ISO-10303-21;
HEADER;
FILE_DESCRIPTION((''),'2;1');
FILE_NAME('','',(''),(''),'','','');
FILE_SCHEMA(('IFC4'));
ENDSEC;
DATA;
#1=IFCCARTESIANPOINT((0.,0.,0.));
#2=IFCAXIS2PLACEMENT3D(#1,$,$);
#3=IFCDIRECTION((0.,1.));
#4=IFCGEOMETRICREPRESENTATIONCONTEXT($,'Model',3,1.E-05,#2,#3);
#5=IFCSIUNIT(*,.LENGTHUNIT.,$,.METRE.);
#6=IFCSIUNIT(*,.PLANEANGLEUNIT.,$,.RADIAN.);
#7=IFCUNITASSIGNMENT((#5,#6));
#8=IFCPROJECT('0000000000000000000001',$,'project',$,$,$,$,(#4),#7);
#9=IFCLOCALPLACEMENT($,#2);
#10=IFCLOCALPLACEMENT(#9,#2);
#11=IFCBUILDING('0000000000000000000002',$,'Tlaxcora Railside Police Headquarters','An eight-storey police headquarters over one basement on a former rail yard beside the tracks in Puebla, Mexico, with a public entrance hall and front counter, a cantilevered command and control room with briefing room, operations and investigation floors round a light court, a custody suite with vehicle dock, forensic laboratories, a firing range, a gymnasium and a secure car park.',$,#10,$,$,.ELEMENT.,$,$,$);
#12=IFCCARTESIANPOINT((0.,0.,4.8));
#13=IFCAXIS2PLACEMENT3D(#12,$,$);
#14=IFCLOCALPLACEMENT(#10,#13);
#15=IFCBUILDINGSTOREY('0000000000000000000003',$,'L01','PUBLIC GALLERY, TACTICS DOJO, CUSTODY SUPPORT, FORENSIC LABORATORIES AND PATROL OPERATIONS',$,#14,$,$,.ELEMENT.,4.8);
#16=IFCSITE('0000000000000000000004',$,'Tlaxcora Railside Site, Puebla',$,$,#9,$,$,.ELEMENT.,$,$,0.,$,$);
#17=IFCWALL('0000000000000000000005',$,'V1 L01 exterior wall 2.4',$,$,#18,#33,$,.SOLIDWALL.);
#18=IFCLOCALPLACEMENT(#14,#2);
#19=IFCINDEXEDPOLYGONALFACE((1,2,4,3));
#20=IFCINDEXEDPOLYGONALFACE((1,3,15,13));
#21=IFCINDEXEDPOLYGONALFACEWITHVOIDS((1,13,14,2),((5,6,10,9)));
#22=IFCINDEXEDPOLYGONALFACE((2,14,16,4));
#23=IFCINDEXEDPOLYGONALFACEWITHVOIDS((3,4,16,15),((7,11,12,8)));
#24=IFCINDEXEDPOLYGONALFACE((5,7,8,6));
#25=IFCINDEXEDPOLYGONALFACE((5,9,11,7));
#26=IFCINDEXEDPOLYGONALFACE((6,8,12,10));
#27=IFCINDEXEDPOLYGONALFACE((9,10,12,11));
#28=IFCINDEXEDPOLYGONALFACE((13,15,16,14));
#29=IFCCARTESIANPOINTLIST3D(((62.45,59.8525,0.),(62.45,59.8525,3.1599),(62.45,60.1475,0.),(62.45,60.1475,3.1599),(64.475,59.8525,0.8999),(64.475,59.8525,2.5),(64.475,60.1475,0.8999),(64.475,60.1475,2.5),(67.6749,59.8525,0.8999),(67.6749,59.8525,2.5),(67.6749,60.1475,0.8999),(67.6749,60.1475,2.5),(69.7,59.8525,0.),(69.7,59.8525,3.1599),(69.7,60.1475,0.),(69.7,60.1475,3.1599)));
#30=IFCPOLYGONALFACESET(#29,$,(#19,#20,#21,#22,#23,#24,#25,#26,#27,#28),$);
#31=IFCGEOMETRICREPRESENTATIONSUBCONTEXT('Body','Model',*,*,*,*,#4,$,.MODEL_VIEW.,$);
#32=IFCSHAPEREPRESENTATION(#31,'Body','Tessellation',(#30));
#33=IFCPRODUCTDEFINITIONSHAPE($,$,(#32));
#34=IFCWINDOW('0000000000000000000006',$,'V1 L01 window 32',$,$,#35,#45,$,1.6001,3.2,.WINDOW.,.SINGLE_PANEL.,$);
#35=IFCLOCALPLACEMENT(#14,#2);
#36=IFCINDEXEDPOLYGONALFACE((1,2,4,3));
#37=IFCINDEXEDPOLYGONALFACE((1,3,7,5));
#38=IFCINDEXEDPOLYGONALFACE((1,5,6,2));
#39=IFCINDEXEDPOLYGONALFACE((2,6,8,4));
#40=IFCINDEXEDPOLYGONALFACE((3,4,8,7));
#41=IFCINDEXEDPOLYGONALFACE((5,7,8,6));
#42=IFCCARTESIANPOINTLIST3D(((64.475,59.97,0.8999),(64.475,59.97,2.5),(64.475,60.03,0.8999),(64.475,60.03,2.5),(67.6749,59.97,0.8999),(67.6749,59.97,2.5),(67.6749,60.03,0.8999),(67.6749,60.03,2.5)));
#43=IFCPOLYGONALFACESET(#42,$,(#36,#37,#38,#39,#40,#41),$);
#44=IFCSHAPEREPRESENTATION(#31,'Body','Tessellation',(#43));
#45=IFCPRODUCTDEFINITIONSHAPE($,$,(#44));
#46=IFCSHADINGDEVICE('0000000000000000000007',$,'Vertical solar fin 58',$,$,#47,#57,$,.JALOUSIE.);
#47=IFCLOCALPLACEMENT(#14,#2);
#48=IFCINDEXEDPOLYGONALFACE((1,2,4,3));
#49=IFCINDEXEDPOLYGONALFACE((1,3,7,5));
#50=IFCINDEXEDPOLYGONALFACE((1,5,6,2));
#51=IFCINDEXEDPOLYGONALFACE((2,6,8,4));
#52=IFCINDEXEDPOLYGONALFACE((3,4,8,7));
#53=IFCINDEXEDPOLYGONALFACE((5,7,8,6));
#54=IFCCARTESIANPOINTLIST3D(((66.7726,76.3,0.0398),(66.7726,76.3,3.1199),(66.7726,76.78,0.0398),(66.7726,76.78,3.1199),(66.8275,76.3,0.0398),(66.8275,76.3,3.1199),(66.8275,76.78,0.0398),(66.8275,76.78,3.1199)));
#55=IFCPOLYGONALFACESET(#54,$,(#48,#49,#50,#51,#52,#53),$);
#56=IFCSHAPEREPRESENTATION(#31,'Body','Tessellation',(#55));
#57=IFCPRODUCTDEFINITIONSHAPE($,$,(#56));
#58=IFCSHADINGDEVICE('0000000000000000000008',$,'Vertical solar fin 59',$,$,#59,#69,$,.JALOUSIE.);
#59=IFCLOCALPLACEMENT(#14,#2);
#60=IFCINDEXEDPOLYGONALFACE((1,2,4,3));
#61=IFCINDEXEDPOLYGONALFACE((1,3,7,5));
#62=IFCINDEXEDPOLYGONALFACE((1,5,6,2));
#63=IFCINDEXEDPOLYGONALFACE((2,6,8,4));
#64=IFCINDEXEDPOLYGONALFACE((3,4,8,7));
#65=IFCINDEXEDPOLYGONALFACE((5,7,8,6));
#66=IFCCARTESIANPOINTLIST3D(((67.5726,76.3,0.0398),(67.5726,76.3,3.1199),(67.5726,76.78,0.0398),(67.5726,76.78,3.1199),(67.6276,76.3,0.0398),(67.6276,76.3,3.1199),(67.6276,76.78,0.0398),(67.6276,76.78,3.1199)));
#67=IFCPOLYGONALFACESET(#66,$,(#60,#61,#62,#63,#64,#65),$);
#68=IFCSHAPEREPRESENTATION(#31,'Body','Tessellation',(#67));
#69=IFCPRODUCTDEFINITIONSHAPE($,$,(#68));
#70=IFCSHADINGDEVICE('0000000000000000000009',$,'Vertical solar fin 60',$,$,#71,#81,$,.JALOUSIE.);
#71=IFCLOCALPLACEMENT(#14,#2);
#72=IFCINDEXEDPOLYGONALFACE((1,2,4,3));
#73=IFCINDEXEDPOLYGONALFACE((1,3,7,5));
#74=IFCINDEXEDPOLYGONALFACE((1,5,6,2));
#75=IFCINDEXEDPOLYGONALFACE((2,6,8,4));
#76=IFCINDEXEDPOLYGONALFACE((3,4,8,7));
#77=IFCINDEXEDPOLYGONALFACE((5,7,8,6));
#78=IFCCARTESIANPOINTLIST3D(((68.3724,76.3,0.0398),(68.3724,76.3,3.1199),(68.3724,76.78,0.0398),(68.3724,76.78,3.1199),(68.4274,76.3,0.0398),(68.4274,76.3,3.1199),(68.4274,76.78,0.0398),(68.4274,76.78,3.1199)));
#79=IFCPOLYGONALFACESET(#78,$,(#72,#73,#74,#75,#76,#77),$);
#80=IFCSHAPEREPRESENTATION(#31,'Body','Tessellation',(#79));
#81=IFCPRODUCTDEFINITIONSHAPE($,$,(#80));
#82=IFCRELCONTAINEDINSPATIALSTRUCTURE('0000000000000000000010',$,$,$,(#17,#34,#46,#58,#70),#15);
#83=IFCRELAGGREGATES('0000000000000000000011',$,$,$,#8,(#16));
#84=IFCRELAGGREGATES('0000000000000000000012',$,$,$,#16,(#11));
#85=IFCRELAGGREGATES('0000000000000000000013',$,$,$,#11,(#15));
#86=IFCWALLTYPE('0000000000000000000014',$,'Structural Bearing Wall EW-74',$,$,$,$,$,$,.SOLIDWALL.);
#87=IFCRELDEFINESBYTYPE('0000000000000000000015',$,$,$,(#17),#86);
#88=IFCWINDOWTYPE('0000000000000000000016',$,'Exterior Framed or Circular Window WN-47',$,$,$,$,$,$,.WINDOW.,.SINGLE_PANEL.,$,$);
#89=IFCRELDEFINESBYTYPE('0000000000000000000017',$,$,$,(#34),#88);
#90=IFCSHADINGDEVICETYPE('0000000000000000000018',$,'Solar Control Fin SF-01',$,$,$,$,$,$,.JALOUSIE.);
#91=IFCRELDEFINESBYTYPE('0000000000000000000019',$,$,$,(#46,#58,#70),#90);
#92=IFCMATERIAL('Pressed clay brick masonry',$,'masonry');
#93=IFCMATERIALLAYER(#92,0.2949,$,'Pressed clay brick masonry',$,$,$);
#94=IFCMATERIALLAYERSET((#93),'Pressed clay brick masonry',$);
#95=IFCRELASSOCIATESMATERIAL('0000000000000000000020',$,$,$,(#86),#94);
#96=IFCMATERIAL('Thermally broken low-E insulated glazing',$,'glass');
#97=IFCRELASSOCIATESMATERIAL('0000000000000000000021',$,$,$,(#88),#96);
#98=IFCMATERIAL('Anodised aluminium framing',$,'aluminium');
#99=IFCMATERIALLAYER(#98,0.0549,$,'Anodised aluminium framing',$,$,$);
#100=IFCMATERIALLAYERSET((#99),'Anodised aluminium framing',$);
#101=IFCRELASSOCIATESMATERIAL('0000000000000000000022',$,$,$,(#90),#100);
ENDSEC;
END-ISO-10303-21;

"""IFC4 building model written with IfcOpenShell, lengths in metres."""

from ifc_helpers import new_model, si_unit, direction, frame, frame_2d, origin, origin_2d, place, context, subcontext, project, spatial, rectangle, extrude, material, layer, layer_set, type_object, element, fill, save


model = new_model("IFC4")

# Units and contexts
model_context = context("Model", 3, precision=1e-05, world=origin(), true_north=direction((0.0, 1.0)))
body_context = subcontext(model_context, "Body", "Model", "MODEL_VIEW")
ifc_project = project(units=[si_unit("LENGTHUNIT", "METRE"), si_unit("PLANEANGLEUNIT", "RADIAN")], contexts=[model_context])

# Site, building, storey
site_placement = place(None, origin())
site = spatial("IfcSite", under=ifc_project, at=site_placement, Name="Tlaxcora Railside Site, Puebla", CompositionType="ELEMENT", RefElevation=0.0)
building_placement = place(site_placement, origin())
building = spatial("IfcBuilding", under=site, at=building_placement, Name="Tlaxcora Railside Police Headquarters", Description="An eight-storey police headquarters over one basement on a former rail yard beside the tracks in Puebla, Mexico, with a public entrance hall and front counter, a cantilevered command and control room with briefing room, operations and investigation floors round a light court, a custody suite with vehicle dock, forensic laboratories, a firing range, a gymnasium and a secure car park.", CompositionType="ELEMENT")
storey_placement = place(building_placement, frame((0.0, 0.0, 4.8)))
storey = spatial("IfcBuildingStorey", under=building, at=storey_placement, Name="L01", Description="PUBLIC GALLERY, TACTICS DOJO, CUSTODY SUPPORT, FORENSIC LABORATORIES AND PATROL OPERATIONS", CompositionType="ELEMENT", Elevation=4.8)

# Wall, opening, window
ifc_material_1 = material(Name="Pressed clay brick masonry", Category="masonry")
ifc_layer_1 = layer(ifc_material_1, 0.2949, Name="Pressed clay brick masonry")
ifc_layer_set_1 = layer_set([ifc_layer_1], Name="Pressed clay brick masonry")
wall_type = type_object("IfcWallType", Name="Structural Bearing Wall EW-74", PredefinedType="SOLIDWALL", material=ifc_layer_set_1)
ifc_material_2 = material(Name="Thermally broken low-E insulated glazing", Category="glass")
wall_1_placement = place(storey_placement, frame((69.7, 60.0, 0.0), z_axis=(0.0, 0.0, 1.0), x_axis=(-1.0, 0.0, 0.0)))
wall_1 = element("IfcWall", 1, at=wall_1_placement, inside=storey, type_object=wall_type, Name="V1 L01 exterior wall 2.4", PredefinedType="SOLIDWALL", context=body_context, shape_type="SweptSolid", body=[
    extrude(rectangle(XDim=7.25, YDim=0.2949, at=frame_2d((3.625, 0.0))), origin(), (0.0, 0.0, 1.0), 3.1599),
])
opening_1_placement = place(wall_1_placement, frame((2.0249, 0.0, 0.8999)))
opening_1 = element("IfcOpeningElement", 2, at=opening_1_placement, cuts=wall_1, PredefinedType="OPENING", context=body_context, shape_type="SweptSolid", body=[
    extrude(rectangle(XDim=3.2, YDim=1.6001, at=frame_2d((1.6001, 0.8))), frame((0.0, 0.1575, 0.0), z_axis=(0.0, -1.0, 0.0), x_axis=(1.0, 0.0, 0.0)), (0.0, 0.0, 1.0), 0.3149),
])
window_type_1 = type_object("IfcWindowType", Name="Exterior Framed or Circular Window WN-47", PartitioningType="SINGLE_PANEL", PredefinedType="WINDOW", material=ifc_material_2)
window_1_placement = place(opening_1_placement, origin())
window_1 = element("IfcWindow", 3, at=window_1_placement, inside=storey, type_object=window_type_1, Name="V1 L01 window 32", OverallHeight=1.6001, OverallWidth=3.2, PartitioningType="SINGLE_PANEL", PredefinedType="WINDOW", context=body_context, shape_type="SweptSolid", body=[
    extrude(rectangle(XDim=3.2, YDim=1.6001, at=frame_2d((1.6001, 0.8))), frame((0.0, 0.03, 0.0), z_axis=(0.0, -1.0, 0.0), x_axis=(1.0, 0.0, 0.0)), (0.0, 0.0, 1.0), 0.0601),
])
fill(opening_1, window_1)

# Shading devices
ifc_material_3 = material(Name="Anodised aluminium framing", Category="aluminium")
ifc_layer_2 = layer(ifc_material_3, 0.0549, Name="Anodised aluminium framing")
ifc_layer_set_2 = layer_set([ifc_layer_2], Name="Anodised aluminium framing")
shading_device_type = type_object("IfcShadingDeviceType", Name="Solar Control Fin SF-01", PredefinedType="JALOUSIE", material=ifc_layer_set_2)
for number, where, z_axis, x_axis, name in (
    (4, (66.8, 76.54, 0.0398), (0.0, 0.0, 1.0), (0.0, -1.0, 0.0), "Vertical solar fin 58"),
    (5, (67.6001, 76.54, 0.0398), (0.0, 0.0, 1.0), (0.0, -1.0, 0.0), "Vertical solar fin 59"),
    (6, (68.3999, 76.54, 0.0398), (0.0, 0.0, 1.0), (0.0, -1.0, 0.0), "Vertical solar fin 60"),
):
    element("IfcShadingDevice", number, at=place(storey_placement, frame(where, z_axis=z_axis, x_axis=x_axis)), inside=storey, type_object=shading_device_type, Name=name, PredefinedType="JALOUSIE", context=body_context, shape_type="SweptSolid", body=[
        extrude(rectangle(XDim=0.48, YDim=0.0549, at=origin_2d()), origin(), (0.0, 0.0, 1.0), 3.0801),
    ])

save(model, "model.ifc")
